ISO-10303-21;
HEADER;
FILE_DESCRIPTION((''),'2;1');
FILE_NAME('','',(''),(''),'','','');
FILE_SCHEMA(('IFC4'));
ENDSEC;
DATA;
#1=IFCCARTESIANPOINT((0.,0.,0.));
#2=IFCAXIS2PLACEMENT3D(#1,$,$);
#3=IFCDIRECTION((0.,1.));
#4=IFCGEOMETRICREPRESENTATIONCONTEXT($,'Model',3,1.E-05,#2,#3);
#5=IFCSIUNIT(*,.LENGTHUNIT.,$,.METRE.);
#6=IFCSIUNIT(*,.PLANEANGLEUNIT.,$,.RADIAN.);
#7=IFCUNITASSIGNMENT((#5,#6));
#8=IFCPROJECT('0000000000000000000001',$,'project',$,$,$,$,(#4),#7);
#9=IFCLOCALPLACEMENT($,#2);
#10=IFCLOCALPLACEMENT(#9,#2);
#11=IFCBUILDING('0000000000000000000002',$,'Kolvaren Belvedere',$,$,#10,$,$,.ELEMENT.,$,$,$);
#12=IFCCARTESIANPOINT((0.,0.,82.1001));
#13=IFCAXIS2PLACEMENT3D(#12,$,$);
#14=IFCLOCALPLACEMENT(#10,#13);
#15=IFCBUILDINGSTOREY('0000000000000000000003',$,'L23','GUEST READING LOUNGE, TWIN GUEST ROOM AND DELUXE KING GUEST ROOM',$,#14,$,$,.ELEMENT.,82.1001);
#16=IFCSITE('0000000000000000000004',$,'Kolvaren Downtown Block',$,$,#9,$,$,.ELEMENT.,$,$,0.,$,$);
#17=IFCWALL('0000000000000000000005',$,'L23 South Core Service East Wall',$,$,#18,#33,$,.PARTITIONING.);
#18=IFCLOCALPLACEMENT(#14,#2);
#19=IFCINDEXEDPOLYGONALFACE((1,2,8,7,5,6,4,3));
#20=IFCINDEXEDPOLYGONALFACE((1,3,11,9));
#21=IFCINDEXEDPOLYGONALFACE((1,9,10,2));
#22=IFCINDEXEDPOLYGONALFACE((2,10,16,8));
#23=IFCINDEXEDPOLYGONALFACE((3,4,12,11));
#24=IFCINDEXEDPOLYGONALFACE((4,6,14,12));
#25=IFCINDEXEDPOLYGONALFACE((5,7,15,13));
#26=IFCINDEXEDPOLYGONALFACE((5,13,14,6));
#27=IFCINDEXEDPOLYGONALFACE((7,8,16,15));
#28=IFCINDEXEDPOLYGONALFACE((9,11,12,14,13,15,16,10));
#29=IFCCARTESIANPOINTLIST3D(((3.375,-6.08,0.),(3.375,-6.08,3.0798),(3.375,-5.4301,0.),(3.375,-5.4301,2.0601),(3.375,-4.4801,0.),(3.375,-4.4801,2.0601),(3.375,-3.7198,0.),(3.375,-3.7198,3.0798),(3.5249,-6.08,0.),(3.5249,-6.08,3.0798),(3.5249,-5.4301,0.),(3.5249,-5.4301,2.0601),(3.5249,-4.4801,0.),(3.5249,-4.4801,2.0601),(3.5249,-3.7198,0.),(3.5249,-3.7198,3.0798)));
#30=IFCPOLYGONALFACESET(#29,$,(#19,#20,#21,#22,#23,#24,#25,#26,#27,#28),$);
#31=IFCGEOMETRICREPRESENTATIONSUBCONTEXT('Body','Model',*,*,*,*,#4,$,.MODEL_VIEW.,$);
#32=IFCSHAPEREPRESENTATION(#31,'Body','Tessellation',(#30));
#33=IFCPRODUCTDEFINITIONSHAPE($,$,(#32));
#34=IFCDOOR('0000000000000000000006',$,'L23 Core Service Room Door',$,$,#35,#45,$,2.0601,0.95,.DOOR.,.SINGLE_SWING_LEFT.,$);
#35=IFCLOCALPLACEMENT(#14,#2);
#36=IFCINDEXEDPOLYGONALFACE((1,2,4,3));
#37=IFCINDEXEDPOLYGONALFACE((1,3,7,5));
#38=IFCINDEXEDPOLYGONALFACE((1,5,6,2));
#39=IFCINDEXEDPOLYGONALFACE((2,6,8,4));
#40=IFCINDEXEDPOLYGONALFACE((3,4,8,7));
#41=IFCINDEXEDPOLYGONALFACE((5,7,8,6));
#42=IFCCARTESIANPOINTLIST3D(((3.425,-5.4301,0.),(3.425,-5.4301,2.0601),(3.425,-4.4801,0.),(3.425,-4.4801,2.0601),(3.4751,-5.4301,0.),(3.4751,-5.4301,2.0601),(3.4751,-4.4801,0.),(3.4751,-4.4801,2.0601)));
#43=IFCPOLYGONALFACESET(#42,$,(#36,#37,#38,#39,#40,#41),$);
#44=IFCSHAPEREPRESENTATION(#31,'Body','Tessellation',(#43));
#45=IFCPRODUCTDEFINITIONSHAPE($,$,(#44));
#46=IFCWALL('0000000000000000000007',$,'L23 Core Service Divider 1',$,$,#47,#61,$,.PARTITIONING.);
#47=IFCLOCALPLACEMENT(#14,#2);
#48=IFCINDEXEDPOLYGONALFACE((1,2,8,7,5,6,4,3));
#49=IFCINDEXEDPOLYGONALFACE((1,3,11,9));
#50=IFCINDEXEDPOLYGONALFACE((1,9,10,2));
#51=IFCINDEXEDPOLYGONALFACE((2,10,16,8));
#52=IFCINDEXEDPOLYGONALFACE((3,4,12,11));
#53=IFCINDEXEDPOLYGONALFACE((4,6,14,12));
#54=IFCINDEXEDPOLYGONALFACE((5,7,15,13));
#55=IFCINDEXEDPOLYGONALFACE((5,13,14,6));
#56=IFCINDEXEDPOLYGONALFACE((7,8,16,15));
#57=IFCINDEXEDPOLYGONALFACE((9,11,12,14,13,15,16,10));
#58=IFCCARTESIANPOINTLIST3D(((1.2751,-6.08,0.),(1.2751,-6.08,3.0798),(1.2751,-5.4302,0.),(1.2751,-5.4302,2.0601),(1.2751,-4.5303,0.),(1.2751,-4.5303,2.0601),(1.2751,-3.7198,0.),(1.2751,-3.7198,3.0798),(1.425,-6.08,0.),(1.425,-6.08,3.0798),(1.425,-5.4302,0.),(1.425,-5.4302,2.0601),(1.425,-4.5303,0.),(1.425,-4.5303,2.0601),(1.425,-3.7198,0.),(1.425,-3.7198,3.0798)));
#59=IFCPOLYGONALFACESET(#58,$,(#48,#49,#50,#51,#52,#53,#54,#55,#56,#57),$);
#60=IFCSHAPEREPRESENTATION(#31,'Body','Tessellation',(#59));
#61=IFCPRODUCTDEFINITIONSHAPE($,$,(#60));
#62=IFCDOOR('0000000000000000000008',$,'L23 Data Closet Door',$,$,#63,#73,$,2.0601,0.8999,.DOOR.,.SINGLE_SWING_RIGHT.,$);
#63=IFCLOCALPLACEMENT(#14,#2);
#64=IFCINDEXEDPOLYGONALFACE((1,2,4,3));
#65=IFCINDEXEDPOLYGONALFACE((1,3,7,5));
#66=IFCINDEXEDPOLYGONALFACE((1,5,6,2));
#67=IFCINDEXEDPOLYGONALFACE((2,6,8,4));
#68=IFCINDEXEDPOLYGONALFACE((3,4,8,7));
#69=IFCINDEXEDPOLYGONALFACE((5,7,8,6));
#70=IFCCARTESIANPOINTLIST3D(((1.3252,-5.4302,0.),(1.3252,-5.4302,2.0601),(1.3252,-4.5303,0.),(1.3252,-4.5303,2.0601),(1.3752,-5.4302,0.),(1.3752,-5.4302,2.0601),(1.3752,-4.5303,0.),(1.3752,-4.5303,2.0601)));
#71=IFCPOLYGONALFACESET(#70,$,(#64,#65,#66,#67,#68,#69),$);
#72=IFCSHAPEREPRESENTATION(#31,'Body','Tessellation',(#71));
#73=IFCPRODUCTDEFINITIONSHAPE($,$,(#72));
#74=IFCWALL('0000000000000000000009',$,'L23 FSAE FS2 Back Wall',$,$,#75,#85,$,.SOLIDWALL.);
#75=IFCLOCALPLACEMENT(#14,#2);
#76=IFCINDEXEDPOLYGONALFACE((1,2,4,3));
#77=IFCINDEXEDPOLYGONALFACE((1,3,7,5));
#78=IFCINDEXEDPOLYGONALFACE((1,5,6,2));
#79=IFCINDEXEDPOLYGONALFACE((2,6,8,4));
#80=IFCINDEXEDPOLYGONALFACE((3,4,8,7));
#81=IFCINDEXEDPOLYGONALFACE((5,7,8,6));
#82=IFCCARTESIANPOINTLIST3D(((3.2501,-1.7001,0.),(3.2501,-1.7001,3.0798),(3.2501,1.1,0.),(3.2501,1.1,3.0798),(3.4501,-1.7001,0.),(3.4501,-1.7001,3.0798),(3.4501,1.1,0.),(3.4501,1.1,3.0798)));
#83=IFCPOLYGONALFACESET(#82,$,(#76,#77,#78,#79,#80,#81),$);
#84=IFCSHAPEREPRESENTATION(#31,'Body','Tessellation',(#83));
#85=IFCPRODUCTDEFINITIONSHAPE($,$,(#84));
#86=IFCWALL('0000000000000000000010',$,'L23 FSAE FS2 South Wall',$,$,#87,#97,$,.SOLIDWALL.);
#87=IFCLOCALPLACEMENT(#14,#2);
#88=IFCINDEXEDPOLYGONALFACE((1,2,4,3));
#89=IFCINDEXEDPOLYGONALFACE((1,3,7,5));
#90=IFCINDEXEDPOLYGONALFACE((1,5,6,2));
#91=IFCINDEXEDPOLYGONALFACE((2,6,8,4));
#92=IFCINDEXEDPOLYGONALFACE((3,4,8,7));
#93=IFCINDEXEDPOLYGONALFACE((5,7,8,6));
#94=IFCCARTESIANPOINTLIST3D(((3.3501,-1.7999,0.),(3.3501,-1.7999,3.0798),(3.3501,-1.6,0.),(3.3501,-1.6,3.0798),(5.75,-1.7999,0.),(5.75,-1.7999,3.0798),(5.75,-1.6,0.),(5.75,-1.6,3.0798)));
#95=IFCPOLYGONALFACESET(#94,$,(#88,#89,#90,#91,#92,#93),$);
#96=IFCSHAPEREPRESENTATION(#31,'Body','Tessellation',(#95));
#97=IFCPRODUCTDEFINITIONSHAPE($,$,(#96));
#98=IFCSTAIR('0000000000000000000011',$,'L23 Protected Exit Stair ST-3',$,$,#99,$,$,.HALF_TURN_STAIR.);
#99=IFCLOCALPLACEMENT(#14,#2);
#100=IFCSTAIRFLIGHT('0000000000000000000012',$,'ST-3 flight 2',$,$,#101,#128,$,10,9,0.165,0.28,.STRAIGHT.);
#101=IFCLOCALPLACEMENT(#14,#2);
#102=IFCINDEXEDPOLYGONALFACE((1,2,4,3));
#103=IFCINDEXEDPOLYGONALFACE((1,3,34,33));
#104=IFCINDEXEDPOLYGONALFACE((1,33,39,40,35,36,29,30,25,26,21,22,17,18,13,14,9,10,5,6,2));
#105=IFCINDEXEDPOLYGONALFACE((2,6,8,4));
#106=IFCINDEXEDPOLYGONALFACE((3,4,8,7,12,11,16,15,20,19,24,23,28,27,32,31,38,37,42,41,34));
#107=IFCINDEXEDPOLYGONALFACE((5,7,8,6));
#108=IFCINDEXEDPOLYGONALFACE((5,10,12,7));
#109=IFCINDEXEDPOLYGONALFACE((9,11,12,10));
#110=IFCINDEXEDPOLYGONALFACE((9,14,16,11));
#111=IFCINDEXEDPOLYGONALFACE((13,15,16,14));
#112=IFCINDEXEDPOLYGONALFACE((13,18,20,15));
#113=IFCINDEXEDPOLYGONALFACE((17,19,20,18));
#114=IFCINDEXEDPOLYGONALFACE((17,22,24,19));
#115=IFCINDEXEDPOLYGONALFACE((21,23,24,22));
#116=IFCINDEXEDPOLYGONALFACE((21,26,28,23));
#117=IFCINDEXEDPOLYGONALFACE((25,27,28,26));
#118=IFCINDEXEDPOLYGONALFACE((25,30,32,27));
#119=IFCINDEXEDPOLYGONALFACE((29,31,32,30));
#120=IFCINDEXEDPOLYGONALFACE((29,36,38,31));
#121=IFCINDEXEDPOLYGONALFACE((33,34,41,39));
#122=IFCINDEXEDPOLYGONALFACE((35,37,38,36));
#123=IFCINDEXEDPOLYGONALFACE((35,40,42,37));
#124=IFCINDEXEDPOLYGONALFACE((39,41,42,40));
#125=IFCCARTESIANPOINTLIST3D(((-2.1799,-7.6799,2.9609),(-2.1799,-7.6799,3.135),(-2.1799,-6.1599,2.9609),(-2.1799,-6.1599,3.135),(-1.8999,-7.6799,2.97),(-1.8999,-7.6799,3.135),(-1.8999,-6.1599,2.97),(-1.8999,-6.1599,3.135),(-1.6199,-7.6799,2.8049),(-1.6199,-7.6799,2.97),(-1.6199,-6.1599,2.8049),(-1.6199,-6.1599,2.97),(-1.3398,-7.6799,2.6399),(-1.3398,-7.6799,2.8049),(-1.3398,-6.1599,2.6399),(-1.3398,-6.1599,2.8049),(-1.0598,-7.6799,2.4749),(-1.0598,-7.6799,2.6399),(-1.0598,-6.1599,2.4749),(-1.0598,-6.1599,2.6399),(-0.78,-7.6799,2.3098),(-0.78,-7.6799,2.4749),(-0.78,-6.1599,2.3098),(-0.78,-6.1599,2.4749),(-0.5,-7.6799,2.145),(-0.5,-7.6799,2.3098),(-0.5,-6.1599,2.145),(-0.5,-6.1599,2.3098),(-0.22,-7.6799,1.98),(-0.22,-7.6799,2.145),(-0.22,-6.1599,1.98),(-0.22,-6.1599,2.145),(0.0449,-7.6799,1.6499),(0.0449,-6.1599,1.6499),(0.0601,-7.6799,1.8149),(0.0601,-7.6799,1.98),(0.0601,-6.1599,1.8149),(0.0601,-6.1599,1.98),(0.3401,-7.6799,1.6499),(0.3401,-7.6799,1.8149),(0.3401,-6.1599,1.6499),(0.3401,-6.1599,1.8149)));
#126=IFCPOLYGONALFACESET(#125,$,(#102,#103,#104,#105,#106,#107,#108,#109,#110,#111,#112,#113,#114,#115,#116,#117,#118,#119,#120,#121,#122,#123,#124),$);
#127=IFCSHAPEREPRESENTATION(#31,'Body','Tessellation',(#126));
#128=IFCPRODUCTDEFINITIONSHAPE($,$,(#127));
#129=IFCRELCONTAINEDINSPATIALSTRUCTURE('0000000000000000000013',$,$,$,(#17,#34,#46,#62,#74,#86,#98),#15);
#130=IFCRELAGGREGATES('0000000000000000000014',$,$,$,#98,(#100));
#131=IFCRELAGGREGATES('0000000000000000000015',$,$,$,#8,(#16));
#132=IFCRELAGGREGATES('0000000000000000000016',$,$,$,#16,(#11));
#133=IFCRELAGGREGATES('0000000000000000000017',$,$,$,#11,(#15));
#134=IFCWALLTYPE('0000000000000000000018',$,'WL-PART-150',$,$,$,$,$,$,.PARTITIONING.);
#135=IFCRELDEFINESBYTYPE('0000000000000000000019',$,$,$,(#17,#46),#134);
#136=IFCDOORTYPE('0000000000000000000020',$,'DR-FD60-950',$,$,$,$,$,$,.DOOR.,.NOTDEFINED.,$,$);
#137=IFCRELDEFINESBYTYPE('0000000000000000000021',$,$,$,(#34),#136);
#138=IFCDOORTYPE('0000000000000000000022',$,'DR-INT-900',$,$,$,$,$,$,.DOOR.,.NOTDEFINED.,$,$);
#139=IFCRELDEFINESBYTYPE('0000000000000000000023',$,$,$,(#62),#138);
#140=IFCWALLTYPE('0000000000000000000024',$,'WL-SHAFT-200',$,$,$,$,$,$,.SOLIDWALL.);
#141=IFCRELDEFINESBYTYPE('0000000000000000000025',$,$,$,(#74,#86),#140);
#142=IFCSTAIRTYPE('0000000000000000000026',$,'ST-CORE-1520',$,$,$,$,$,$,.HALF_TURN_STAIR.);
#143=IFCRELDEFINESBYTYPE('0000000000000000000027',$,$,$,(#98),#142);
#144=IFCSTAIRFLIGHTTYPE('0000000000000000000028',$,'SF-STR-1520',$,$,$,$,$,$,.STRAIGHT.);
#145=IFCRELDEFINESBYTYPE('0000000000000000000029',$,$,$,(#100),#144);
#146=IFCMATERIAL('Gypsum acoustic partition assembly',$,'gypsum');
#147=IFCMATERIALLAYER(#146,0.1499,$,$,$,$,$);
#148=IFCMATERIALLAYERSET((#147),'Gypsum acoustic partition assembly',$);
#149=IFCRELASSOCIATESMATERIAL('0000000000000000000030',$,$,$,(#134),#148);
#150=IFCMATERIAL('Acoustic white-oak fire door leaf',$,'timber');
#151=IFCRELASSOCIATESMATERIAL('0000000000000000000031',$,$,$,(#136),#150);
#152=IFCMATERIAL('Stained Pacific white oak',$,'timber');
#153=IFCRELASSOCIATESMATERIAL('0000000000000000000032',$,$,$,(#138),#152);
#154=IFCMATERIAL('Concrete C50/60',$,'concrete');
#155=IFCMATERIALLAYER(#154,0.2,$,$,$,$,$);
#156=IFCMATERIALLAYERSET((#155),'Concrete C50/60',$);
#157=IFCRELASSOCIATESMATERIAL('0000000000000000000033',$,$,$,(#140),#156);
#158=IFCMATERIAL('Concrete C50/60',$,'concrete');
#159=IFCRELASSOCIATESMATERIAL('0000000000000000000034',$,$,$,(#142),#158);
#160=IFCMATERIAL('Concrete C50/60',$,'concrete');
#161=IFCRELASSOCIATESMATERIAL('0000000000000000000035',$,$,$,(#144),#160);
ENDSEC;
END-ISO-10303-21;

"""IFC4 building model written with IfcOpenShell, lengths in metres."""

from ifc_helpers import new_model, si_unit, direction, frame, frame_2d, origin, place, context, subcontext, project, spatial, polyline, rectangle, outline, extrude, material, layer, layer_set, type_object, element, fill, aggregate, save


model = new_model("IFC4")

# Units and contexts
model_context = context("Model", 3, precision=1e-05, world=origin(), true_north=direction((0.0, 1.0)))
body_context = subcontext(model_context, "Body", "Model", "MODEL_VIEW")
ifc_project = project(units=[si_unit("LENGTHUNIT", "METRE"), si_unit("PLANEANGLEUNIT", "RADIAN")], contexts=[model_context])

# Site, building, storey
site_placement = place(None, origin())
site = spatial("IfcSite", under=ifc_project, at=site_placement, Name="Kolvaren Downtown Block", CompositionType="ELEMENT", RefElevation=0.0)
building_placement = place(site_placement, origin())
building = spatial("IfcBuilding", under=site, at=building_placement, Name="Kolvaren Belvedere", CompositionType="ELEMENT")
storey_placement = place(building_placement, frame((0.0, 0.0, 82.1001)))
storey = spatial("IfcBuildingStorey", under=building, at=storey_placement, Name="L23", Description="GUEST READING LOUNGE, TWIN GUEST ROOM AND DELUXE KING GUEST ROOM", CompositionType="ELEMENT", Elevation=82.1001)

# Walls, openings, doors
ifc_material_1 = material(Name="Gypsum acoustic partition assembly", Category="gypsum")
ifc_layer_1 = layer(ifc_material_1, 0.1499)
ifc_layer_set_1 = layer_set([ifc_layer_1], Name="Gypsum acoustic partition assembly")
wall_type_1 = type_object("IfcWallType", Name="WL-PART-150", PredefinedType="PARTITIONING", material=ifc_layer_set_1)
wall_1_placement = place(storey_placement, frame((3.45, -6.0801, 0.0), z_axis=(0.0, 0.0, 1.0), x_axis=(0.0, 1.0, 0.0)))
wall_1 = element("IfcWall", 1, at=wall_1_placement, inside=storey, type_object=wall_type_1, Name="L23 South Core Service East Wall", PredefinedType="PARTITIONING", context=body_context, shape_type="SweptSolid", body=[
    extrude(rectangle(XDim=2.3601, YDim=0.1499, at=frame_2d((1.1802, 0.0))), origin(), (0.0, 0.0, 1.0), 3.0798),
])
opening_1_placement = place(wall_1_placement, frame((0.6499, 0.0, 0.0)))
opening_1 = element("IfcOpeningElement", 2, at=opening_1_placement, cuts=wall_1, PredefinedType="OPENING", context=body_context, shape_type="SweptSolid", body=[
    extrude(rectangle(XDim=0.95, YDim=2.0601, at=frame_2d((0.4751, 1.03))), frame((0.0, 0.085, 0.0), z_axis=(0.0, -1.0, 0.0), x_axis=(1.0, 0.0, 0.0)), (0.0, 0.0, 1.0), 0.1699),
])
ifc_material_2 = material(Name="Acoustic white-oak fire door leaf", Category="timber")
door_type_1 = type_object("IfcDoorType", Name="DR-FD60-950", OperationType="NOTDEFINED", PredefinedType="DOOR", material=ifc_material_2)
door_1_placement = place(opening_1_placement, origin())
door_1 = element("IfcDoor", 3, at=door_1_placement, inside=storey, type_object=door_type_1, Name="L23 Core Service Room Door", OperationType="SINGLE_SWING_LEFT", OverallHeight=2.0601, OverallWidth=0.95, PredefinedType="DOOR", context=body_context, shape_type="SweptSolid", body=[
    extrude(rectangle(XDim=0.95, YDim=2.0601, at=frame_2d((0.4751, 1.03))), frame((0.0, 0.0249, 0.0), z_axis=(0.0, -1.0, 0.0), x_axis=(1.0, 0.0, 0.0)), (0.0, 0.0, 1.0), 0.05),
])
fill(opening_1, door_1)
wall_2_placement = place(storey_placement, frame((1.3501, -6.0801, 0.0), z_axis=(0.0, 0.0, 1.0), x_axis=(0.0, 1.0, 0.0)))
wall_2 = element("IfcWall", 4, at=wall_2_placement, inside=storey, type_object=wall_type_1, Name="L23 Core Service Divider 1", PredefinedType="PARTITIONING", context=body_context, shape_type="SweptSolid", body=[
    extrude(rectangle(XDim=2.3601, YDim=0.1499, at=frame_2d((1.1802, 0.0))), origin(), (0.0, 0.0, 1.0), 3.0798),
])
opening_2_placement = place(wall_2_placement, frame((0.6499, 0.0, 0.0)))
opening_2 = element("IfcOpeningElement", 5, at=opening_2_placement, cuts=wall_2, PredefinedType="OPENING", context=body_context, shape_type="SweptSolid", body=[
    extrude(rectangle(XDim=0.8999, YDim=2.0601, at=frame_2d((0.45, 1.03))), frame((0.0, 0.085, 0.0), z_axis=(0.0, -1.0, 0.0), x_axis=(1.0, 0.0, 0.0)), (0.0, 0.0, 1.0), 0.1699),
])
ifc_material_3 = material(Name="Stained Pacific white oak", Category="timber")
door_type_2 = type_object("IfcDoorType", Name="DR-INT-900", OperationType="NOTDEFINED", PredefinedType="DOOR", material=ifc_material_3)
door_2_placement = place(opening_2_placement, origin())
door_2 = element("IfcDoor", 6, at=door_2_placement, inside=storey, type_object=door_type_2, Name="L23 Data Closet Door", OperationType="SINGLE_SWING_RIGHT", OverallHeight=2.0601, OverallWidth=0.8999, PredefinedType="DOOR", context=body_context, shape_type="SweptSolid", body=[
    extrude(rectangle(XDim=0.8999, YDim=2.0601, at=frame_2d((0.45, 1.03))), frame((0.0, 0.0249, 0.0), z_axis=(0.0, -1.0, 0.0), x_axis=(1.0, 0.0, 0.0)), (0.0, 0.0, 1.0), 0.05),
])
fill(opening_2, door_2)

# Walls
ifc_material_4 = material(Name="Concrete C50/60", Category="concrete")
ifc_layer_2 = layer(ifc_material_4, 0.2)
ifc_layer_set_2 = layer_set([ifc_layer_2], Name="Concrete C50/60")
wall_type_2 = type_object("IfcWallType", Name="WL-SHAFT-200", PredefinedType="SOLIDWALL", material=ifc_layer_set_2)
wall_3_placement = place(storey_placement, frame((3.3501, -1.7, 0.0), z_axis=(0.0, 0.0, 1.0), x_axis=(0.0, 1.0, 0.0)))
element("IfcWall", 7, at=wall_3_placement, inside=storey, type_object=wall_type_2, Name="L23 FSAE FS2 Back Wall", PredefinedType="SOLIDWALL", context=body_context, shape_type="SweptSolid", body=[
    extrude(rectangle(XDim=2.8, YDim=0.2, at=frame_2d((1.3999, 0.0))), origin(), (0.0, 0.0, 1.0), 3.0798),
])
wall_4_placement = place(storey_placement, frame((3.3501, -1.7, 0.0), z_axis=(0.0, 0.0, 1.0), x_axis=(1.0, 0.0, 0.0)))
element("IfcWall", 8, at=wall_4_placement, inside=storey, type_object=wall_type_2, Name="L23 FSAE FS2 South Wall", PredefinedType="SOLIDWALL", context=body_context, shape_type="SweptSolid", body=[
    extrude(rectangle(XDim=2.3999, YDim=0.2, at=frame_2d((1.2, 0.0))), origin(), (0.0, 0.0, 1.0), 3.0798),
])

# Stair, stair flight
ifc_material_5 = material(Name="Concrete C50/60", Category="concrete")
stair_type = type_object("IfcStairType", Name="ST-CORE-1520", PredefinedType="HALF_TURN_STAIR", material=ifc_material_5)
stair_placement = place(storey_placement, origin())
stair = element("IfcStair", 9, at=stair_placement, inside=storey, type_object=stair_type, Name="L23 Protected Exit Stair ST-3", PredefinedType="HALF_TURN_STAIR")
ifc_material_6 = material(Name="Concrete C50/60", Category="concrete")
stair_flight_type = type_object("IfcStairFlightType", Name="SF-STR-1520", PredefinedType="STRAIGHT", material=ifc_material_6)
stair_flight_placement = place(storey_placement, frame((0.3401, -6.9199, 1.6499), z_axis=(0.0, 0.0, 1.0), x_axis=(-1.0, 0.0, 0.0)))
stair_flight = element("IfcStairFlight", 10, at=stair_flight_placement, type_object=stair_flight_type, Name="ST-3 flight 2", NumberOfRisers=10, NumberOfTreads=9, PredefinedType="STRAIGHT", RiserHeight=0.165, TreadLength=0.28, context=body_context, shape_type="SweptSolid", body=[
    extrude(outline(polyline([(0.0, 0.0), (0.0, 0.165), (0.28, 0.165), (0.28, 0.3301), (0.5601, 0.3301), (0.5601, 0.4951), (0.8401, 0.4951), (0.8401, 0.6599), (1.1201, 0.6599), (1.1201, 0.825), (1.3999, 0.825), (1.3999, 0.99), (1.6799, 0.99), (1.6799, 1.155), (1.96, 1.155), (1.96, 1.3201), (2.24, 1.3201), (2.24, 1.4851), (2.52, 1.4851), (2.52, 1.6499), (2.52, 1.311), (0.2952, 0.0), (0.0, 0.0)])), frame((0.0, 0.76, 0.0), z_axis=(0.0, -1.0, 0.0), x_axis=(1.0, 0.0, 0.0)), (0.0, 0.0, 1.0), 1.52),
])
aggregate(stair, [stair_flight])

save(model, "model.ifc")
